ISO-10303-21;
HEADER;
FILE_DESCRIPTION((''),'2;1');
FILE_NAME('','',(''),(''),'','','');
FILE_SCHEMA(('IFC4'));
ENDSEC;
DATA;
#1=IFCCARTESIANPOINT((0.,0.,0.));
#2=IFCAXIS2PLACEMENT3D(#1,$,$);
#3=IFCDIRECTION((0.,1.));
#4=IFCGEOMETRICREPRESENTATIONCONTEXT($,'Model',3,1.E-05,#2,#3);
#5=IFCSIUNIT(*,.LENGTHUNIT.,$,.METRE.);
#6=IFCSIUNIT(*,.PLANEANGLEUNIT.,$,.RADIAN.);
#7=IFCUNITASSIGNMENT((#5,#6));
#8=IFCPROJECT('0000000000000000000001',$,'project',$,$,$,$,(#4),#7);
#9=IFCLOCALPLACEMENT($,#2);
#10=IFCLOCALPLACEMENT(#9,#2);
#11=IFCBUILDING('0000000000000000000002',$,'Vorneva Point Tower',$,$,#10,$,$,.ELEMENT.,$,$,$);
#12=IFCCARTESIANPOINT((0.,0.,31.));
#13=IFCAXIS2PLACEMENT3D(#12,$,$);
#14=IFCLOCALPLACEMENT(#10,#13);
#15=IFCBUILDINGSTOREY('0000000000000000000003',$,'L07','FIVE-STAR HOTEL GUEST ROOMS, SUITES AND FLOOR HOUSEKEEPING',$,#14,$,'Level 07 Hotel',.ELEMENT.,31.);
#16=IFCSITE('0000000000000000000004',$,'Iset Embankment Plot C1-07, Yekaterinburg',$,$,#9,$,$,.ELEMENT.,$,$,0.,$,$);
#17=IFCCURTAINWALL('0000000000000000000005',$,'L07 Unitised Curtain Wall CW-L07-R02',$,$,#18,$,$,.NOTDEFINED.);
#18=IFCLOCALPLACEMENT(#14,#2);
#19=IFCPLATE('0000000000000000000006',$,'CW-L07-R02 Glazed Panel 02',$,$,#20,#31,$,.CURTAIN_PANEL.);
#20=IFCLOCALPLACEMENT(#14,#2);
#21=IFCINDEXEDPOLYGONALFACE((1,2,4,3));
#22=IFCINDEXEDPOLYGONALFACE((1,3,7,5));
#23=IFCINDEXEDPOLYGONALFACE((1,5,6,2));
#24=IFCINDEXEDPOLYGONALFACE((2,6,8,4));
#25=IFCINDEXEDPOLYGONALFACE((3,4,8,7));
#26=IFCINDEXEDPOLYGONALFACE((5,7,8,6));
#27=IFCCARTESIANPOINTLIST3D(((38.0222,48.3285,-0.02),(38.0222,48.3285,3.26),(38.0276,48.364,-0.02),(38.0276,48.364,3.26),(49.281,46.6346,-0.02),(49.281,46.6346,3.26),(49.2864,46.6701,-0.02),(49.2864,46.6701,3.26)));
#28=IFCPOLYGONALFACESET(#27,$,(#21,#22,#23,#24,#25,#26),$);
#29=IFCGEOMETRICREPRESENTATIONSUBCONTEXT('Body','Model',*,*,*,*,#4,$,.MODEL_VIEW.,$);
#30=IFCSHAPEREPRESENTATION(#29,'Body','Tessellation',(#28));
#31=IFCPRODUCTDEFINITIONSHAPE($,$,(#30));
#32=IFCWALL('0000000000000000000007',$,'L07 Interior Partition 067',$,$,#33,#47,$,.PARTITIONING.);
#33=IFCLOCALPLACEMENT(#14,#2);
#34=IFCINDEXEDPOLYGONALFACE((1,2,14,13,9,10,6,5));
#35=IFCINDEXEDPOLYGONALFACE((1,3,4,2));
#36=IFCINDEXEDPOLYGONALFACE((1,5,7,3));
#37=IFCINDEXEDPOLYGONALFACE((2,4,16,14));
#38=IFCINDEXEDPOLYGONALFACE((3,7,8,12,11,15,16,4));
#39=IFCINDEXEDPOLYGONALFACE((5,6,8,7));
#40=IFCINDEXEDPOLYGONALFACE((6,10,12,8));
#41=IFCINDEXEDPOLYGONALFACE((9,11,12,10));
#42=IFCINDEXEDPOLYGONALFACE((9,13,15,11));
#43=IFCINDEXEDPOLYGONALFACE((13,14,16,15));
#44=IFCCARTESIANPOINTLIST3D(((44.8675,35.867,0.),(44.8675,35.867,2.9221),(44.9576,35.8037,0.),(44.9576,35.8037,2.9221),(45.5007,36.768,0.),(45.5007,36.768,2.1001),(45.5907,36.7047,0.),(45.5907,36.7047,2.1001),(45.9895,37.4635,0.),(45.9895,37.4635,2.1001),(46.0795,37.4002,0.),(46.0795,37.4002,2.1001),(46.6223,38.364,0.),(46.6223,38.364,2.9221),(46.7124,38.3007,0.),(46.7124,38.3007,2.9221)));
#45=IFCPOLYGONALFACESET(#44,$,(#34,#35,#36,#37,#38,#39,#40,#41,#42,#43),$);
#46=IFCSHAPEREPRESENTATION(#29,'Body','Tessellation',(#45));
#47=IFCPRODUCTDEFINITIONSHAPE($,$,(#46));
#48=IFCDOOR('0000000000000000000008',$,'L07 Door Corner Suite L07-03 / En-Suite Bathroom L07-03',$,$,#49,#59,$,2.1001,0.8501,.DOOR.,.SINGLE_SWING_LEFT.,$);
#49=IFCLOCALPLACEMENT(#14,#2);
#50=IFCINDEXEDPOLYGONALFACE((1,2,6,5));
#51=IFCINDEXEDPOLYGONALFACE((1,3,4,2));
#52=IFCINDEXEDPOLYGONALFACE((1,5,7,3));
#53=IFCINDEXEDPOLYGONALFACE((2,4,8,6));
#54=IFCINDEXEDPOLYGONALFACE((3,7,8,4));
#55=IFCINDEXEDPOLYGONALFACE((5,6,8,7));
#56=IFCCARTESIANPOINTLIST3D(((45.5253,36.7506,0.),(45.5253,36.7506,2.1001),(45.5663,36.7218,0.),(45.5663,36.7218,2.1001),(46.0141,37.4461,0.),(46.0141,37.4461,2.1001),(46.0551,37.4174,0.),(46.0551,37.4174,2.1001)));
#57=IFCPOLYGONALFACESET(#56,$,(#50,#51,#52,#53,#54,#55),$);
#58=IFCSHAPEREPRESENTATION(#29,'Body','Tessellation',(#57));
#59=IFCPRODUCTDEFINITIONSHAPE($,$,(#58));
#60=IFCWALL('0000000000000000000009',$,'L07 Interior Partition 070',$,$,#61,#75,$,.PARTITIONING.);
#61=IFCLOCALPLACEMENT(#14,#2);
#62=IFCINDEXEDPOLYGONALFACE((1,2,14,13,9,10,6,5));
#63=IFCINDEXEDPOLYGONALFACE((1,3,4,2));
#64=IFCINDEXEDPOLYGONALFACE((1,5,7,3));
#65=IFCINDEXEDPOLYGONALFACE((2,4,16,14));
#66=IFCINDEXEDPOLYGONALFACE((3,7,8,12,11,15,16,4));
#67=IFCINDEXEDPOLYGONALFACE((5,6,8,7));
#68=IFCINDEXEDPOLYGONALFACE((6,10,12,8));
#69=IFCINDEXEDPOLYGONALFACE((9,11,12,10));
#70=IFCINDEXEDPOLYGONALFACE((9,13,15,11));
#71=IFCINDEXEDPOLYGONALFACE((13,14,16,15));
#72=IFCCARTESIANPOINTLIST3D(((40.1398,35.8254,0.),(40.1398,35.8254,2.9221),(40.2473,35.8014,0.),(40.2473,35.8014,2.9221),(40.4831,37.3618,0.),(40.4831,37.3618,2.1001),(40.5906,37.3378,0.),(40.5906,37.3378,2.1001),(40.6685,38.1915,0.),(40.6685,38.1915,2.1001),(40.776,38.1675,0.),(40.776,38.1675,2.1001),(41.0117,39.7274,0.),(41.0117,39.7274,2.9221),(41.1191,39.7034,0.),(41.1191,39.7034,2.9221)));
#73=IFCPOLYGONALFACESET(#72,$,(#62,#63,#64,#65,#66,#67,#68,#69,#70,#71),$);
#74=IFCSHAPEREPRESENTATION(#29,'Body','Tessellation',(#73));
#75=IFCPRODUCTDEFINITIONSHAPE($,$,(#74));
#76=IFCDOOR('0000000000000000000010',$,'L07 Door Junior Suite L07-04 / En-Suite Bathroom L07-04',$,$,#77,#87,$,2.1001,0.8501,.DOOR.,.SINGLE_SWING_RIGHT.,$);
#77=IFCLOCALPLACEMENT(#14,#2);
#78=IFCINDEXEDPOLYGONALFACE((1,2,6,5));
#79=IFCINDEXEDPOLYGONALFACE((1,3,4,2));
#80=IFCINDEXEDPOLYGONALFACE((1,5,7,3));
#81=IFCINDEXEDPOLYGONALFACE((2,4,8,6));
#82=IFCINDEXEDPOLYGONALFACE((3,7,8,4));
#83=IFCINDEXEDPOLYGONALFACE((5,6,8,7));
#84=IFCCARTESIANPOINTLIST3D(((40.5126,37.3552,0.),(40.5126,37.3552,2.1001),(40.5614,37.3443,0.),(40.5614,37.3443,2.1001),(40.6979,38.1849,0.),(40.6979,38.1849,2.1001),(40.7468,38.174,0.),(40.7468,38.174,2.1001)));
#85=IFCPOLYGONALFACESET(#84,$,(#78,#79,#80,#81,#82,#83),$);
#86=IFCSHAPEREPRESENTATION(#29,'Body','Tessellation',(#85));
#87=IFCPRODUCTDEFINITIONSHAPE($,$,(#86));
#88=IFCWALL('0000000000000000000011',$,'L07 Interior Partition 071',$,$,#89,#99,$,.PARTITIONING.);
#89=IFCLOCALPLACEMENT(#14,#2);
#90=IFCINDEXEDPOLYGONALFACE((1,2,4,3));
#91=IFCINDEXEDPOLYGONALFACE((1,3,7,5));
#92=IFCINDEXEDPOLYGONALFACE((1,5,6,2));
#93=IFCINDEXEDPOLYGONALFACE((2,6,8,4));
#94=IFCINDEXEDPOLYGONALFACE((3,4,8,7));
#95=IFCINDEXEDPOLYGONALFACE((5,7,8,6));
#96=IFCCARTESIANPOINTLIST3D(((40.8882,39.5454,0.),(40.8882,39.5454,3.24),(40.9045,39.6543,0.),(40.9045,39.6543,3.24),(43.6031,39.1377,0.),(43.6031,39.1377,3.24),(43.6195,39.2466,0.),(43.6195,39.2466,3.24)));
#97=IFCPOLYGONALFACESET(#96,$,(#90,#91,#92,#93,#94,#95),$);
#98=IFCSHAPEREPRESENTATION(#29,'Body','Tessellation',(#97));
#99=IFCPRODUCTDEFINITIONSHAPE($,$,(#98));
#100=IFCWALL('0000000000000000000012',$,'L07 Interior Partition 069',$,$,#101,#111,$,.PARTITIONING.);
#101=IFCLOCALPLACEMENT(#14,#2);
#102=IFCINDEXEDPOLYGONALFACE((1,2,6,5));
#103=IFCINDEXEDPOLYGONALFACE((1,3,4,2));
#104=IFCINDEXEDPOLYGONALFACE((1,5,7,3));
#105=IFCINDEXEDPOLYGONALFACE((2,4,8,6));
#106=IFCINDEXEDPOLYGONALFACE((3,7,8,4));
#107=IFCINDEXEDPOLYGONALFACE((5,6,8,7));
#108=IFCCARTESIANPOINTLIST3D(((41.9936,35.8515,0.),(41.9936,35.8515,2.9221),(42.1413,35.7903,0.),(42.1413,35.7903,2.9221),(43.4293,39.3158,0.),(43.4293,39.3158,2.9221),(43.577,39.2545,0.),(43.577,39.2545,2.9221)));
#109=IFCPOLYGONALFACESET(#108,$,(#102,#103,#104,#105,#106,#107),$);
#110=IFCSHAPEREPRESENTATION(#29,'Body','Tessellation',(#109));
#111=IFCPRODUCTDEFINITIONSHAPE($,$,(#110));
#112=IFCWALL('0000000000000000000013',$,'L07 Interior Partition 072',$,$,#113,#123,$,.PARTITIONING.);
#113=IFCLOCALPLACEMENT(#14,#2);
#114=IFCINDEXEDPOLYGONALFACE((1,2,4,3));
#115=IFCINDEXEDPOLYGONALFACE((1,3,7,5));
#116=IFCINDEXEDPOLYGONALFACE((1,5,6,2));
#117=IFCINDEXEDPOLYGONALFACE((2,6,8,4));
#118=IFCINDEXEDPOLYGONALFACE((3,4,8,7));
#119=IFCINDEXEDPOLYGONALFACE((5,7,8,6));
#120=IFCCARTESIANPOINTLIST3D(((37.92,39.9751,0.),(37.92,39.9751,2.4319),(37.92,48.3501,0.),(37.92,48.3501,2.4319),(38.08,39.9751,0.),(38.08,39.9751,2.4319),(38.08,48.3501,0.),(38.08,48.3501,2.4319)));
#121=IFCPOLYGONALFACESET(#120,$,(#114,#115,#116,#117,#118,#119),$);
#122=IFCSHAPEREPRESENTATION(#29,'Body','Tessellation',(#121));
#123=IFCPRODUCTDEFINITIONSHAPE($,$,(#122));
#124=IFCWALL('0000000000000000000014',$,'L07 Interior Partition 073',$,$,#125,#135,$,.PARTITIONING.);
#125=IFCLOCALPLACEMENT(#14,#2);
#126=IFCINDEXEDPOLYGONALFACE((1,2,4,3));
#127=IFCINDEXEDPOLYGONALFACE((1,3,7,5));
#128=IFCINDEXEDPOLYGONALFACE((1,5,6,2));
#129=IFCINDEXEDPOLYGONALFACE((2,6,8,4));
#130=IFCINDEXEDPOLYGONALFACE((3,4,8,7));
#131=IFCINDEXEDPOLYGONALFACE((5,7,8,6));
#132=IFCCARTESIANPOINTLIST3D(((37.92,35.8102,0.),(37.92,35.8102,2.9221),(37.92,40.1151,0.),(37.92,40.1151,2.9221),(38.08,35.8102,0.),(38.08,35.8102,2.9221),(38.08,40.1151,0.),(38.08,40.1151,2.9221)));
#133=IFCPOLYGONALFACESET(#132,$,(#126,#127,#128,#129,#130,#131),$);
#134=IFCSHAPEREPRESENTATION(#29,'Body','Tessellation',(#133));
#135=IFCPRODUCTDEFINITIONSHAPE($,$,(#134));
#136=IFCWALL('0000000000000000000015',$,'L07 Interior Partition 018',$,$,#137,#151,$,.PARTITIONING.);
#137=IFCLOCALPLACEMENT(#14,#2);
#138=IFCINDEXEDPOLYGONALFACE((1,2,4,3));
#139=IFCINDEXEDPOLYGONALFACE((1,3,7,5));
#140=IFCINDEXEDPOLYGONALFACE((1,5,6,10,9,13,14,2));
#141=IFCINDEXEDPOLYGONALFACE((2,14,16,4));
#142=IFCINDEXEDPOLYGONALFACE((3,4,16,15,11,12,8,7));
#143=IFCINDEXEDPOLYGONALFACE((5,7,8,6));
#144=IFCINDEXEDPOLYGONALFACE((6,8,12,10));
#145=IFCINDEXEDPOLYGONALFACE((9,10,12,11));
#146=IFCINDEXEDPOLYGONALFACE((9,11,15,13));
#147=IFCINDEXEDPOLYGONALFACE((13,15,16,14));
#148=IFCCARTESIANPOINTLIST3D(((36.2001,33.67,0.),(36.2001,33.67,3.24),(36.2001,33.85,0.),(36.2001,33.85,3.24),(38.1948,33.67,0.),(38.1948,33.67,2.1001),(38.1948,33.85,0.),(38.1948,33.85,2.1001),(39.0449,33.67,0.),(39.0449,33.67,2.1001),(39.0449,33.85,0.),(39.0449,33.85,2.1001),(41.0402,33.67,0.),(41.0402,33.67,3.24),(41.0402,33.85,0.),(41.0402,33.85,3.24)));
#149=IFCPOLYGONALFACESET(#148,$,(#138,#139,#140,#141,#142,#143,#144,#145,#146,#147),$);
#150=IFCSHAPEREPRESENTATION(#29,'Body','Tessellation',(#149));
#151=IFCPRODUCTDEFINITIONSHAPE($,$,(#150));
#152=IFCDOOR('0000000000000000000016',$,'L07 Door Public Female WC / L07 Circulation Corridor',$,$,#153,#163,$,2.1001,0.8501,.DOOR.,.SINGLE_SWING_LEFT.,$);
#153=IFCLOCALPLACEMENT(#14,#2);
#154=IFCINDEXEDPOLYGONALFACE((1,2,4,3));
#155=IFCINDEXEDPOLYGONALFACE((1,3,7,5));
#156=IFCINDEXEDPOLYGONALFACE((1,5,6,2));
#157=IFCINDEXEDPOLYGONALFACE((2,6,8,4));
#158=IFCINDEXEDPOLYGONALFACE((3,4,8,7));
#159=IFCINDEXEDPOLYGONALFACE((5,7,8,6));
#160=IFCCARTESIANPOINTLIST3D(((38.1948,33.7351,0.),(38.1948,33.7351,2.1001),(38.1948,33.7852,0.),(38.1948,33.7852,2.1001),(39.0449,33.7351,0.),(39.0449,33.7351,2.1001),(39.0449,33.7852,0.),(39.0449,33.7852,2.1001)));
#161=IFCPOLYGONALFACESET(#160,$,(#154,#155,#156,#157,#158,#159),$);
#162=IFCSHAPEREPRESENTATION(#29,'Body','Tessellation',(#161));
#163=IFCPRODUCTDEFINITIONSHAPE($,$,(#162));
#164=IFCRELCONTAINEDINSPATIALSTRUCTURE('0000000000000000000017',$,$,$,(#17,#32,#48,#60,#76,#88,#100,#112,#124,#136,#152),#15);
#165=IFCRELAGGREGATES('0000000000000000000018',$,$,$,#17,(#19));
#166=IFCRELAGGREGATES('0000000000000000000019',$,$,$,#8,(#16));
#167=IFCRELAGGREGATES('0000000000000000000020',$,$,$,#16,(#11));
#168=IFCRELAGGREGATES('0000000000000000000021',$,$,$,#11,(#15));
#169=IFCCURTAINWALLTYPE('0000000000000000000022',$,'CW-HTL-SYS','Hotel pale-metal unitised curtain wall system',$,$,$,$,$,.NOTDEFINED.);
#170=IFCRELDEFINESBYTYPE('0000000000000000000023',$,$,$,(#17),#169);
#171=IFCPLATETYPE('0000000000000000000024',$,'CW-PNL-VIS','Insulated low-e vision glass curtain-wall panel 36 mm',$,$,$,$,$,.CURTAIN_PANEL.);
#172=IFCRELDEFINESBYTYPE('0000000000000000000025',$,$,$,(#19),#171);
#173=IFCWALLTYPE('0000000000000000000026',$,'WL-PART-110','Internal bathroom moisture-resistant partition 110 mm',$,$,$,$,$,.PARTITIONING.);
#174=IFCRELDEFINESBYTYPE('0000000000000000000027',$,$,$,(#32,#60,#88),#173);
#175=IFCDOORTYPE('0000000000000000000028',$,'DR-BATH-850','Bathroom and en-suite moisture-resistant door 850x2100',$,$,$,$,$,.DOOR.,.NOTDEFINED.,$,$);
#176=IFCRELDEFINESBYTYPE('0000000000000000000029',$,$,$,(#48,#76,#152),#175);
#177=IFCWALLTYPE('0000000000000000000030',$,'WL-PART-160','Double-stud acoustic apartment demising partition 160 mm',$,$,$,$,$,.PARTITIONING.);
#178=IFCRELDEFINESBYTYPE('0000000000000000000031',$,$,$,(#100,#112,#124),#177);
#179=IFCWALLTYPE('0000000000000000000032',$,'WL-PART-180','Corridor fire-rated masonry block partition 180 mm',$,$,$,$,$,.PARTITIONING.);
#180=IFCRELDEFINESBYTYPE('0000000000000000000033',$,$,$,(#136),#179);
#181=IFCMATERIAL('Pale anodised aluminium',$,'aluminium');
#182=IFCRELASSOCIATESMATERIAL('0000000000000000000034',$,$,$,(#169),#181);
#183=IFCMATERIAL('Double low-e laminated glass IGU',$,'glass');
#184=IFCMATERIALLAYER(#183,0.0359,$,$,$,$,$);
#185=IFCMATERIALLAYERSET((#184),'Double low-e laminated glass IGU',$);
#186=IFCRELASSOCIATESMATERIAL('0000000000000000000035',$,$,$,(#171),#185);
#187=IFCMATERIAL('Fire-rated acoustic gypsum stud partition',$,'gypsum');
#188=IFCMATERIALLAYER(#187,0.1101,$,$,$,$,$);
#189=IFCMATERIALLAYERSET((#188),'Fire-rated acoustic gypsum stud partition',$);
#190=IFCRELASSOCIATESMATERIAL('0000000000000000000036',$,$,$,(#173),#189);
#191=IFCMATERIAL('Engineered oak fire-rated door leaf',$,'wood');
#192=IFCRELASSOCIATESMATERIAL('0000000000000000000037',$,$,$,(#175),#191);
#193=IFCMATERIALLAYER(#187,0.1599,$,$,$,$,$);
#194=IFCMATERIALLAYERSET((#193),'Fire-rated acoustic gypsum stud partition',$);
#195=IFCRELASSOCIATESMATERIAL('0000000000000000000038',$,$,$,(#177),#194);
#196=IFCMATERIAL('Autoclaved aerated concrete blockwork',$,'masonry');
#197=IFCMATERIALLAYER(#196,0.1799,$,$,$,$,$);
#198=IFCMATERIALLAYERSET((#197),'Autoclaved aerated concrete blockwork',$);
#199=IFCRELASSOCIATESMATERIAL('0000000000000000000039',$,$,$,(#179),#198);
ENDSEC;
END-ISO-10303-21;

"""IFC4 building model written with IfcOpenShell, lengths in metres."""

from ifc_helpers import new_model, si_unit, direction, frame, frame_2d, origin, origin_2d, place, context, subcontext, project, spatial, rectangle, extrude, material, layer, layer_set, type_object, element, fill, aggregate, save


model = new_model("IFC4")

# Units and contexts
model_context = context("Model", 3, precision=1e-05, world=origin(), true_north=direction((0.0, 1.0)))
body_context = subcontext(model_context, "Body", "Model", "MODEL_VIEW")
ifc_project = project(units=[si_unit("LENGTHUNIT", "METRE"), si_unit("PLANEANGLEUNIT", "RADIAN")], contexts=[model_context])

# Site, building, storey
site_placement = place(None, origin())
site = spatial("IfcSite", under=ifc_project, at=site_placement, Name="Iset Embankment Plot C1-07, Yekaterinburg", CompositionType="ELEMENT", RefElevation=0.0)
building_placement = place(site_placement, origin())
building = spatial("IfcBuilding", under=site, at=building_placement, Name="Vorneva Point Tower", CompositionType="ELEMENT")
storey_placement = place(building_placement, frame((0.0, 0.0, 31.0)))
storey = spatial("IfcBuildingStorey", under=building, at=storey_placement, Name="L07", Description="FIVE-STAR HOTEL GUEST ROOMS, SUITES AND FLOOR HOUSEKEEPING", LongName="Level 07 Hotel", CompositionType="ELEMENT", Elevation=31.0)

# Curtain wall, plate
ifc_material_1 = material(Name="Pale anodised aluminium", Category="aluminium")
curtain_wall_type = type_object("IfcCurtainWallType", Name="CW-HTL-SYS", Description="Hotel pale-metal unitised curtain wall system", PredefinedType="NOTDEFINED", material=ifc_material_1)
curtain_wall_placement = place(storey_placement, origin())
curtain_wall = element("IfcCurtainWall", 1, at=curtain_wall_placement, inside=storey, type_object=curtain_wall_type, Name="L07 Unitised Curtain Wall CW-L07-R02", PredefinedType="NOTDEFINED")
ifc_material_2 = material(Name="Double low-e laminated glass IGU", Category="glass")
ifc_layer_1 = layer(ifc_material_2, 0.0359)
ifc_layer_set_1 = layer_set([ifc_layer_1], Name="Double low-e laminated glass IGU")
plate_type = type_object("IfcPlateType", Name="CW-PNL-VIS", Description="Insulated low-e vision glass curtain-wall panel 36 mm", PredefinedType="CURTAIN_PANEL", material=ifc_layer_set_1)
plate_placement = place(storey_placement, frame((43.6543, 47.4993, -0.02), z_axis=(0.0, 0.0, 1.0), x_axis=(-0.988871, 0.148776, 0.0)))
plate = element("IfcPlate", 2, at=plate_placement, type_object=plate_type, Name="CW-L07-R02 Glazed Panel 02", PredefinedType="CURTAIN_PANEL", context=body_context, shape_type="SweptSolid", body=[
    extrude(rectangle(XDim=11.3855, YDim=0.0359, at=origin_2d()), origin(), (0.0, 0.0, 1.0), 3.28),
])
aggregate(curtain_wall, [plate])

# Walls, openings, doors
ifc_material_3 = material(Name="Fire-rated acoustic gypsum stud partition", Category="gypsum")
ifc_layer_2 = layer(ifc_material_3, 0.1101)
ifc_layer_set_2 = layer_set([ifc_layer_2], Name="Fire-rated acoustic gypsum stud partition")
wall_type_1 = type_object("IfcWallType", Name="WL-PART-110", Description="Internal bathroom moisture-resistant partition 110 mm", PredefinedType="PARTITIONING", material=ifc_layer_set_2)
wall_1_placement = place(storey_placement, frame((44.9126, 35.8354, 0.0), z_axis=(0.0, 0.0, 1.0), x_axis=(0.574986, 0.818163, 0.0)))
wall_1 = element("IfcWall", 3, at=wall_1_placement, inside=storey, type_object=wall_type_1, Name="L07 Interior Partition 067", PredefinedType="PARTITIONING", context=body_context, shape_type="SweptSolid", body=[
    extrude(rectangle(XDim=3.052, YDim=0.1101, at=frame_2d((1.5259, 0.0))), origin(), (0.0, 0.0, 1.0), 2.9221),
])
opening_1_placement = place(wall_1_placement, frame((1.1011, 0.0, 0.0)))
opening_1 = element("IfcOpeningElement", 4, at=opening_1_placement, cuts=wall_1, PredefinedType="OPENING", context=body_context, shape_type="SweptSolid", body=[
    extrude(rectangle(XDim=0.8501, YDim=2.1001, at=frame_2d((0.425, 1.05))), frame((0.0, 0.0698, 0.0), z_axis=(0.0, -1.0, 0.0), x_axis=(1.0, 0.0, 0.0)), (0.0, 0.0, 1.0), 0.1399),
])
ifc_material_4 = material(Name="Engineered oak fire-rated door leaf", Category="wood")
door_type_1 = type_object("IfcDoorType", Name="DR-BATH-850", Description="Bathroom and en-suite moisture-resistant door 850x2100", OperationType="NOTDEFINED", PredefinedType="DOOR", material=ifc_material_4)
door_1_placement = place(opening_1_placement, origin())
door_1 = element("IfcDoor", 5, at=door_1_placement, inside=storey, type_object=door_type_1, Name="L07 Door Corner Suite L07-03 / En-Suite Bathroom L07-03", OperationType="SINGLE_SWING_LEFT", OverallHeight=2.1001, OverallWidth=0.8501, PredefinedType="DOOR", context=body_context, shape_type="SweptSolid", body=[
    extrude(rectangle(XDim=0.8501, YDim=2.1001, at=frame_2d((0.425, 1.05))), frame((0.0, 0.0249, 0.0), z_axis=(0.0, -1.0, 0.0), x_axis=(1.0, 0.0, 0.0)), (0.0, 0.0, 1.0), 0.05),
])
fill(opening_1, door_1)
wall_2_placement = place(storey_placement, frame((40.1936, 35.8135, 0.0), z_axis=(0.0, 0.0, 1.0), x_axis=(0.218049, 0.975938, 0.0)))
wall_2 = element("IfcWall", 6, at=wall_2_placement, inside=storey, type_object=wall_type_1, Name="L07 Interior Partition 070", PredefinedType="PARTITIONING", context=body_context, shape_type="SweptSolid", body=[
    extrude(rectangle(XDim=3.9983, YDim=0.1101, at=frame_2d((1.999, 0.0))), origin(), (0.0, 0.0, 1.0), 2.9221),
])
opening_2_placement = place(wall_2_placement, frame((1.5742, 0.0, 0.0)))
opening_2 = element("IfcOpeningElement", 7, at=opening_2_placement, cuts=wall_2, PredefinedType="OPENING", context=body_context, shape_type="SweptSolid", body=[
    extrude(rectangle(XDim=0.8501, YDim=2.1001, at=frame_2d((0.425, 1.05))), frame((0.0, 0.0698, 0.0), z_axis=(0.0, -1.0, 0.0), x_axis=(1.0, 0.0, 0.0)), (0.0, 0.0, 1.0), 0.1399),
])
door_2_placement = place(opening_2_placement, origin())
door_2 = element("IfcDoor", 8, at=door_2_placement, inside=storey, type_object=door_type_1, Name="L07 Door Junior Suite L07-04 / En-Suite Bathroom L07-04", OperationType="SINGLE_SWING_RIGHT", OverallHeight=2.1001, OverallWidth=0.8501, PredefinedType="DOOR", context=body_context, shape_type="SweptSolid", body=[
    extrude(rectangle(XDim=0.8501, YDim=2.1001, at=frame_2d((0.425, 1.05))), frame((0.0, 0.0249, 0.0), z_axis=(0.0, -1.0, 0.0), x_axis=(1.0, 0.0, 0.0)), (0.0, 0.0, 1.0), 0.05),
])
fill(opening_2, door_2)

# Walls
wall_3_placement = place(storey_placement, frame((40.8965, 39.5999, 0.0), z_axis=(0.0, 0.0, 1.0), x_axis=(0.98891, -0.148514, 0.0)))
element("IfcWall", 9, at=wall_3_placement, inside=storey, type_object=wall_type_1, Name="L07 Interior Partition 071", PredefinedType="PARTITIONING", context=body_context, shape_type="SweptSolid", body=[
    extrude(rectangle(XDim=2.7454, YDim=0.1101, at=frame_2d((1.3726, 0.0))), origin(), (0.0, 0.0, 1.0), 3.24),
])
ifc_layer_3 = layer(ifc_material_3, 0.1599)
ifc_layer_set_3 = layer_set([ifc_layer_3], Name="Fire-rated acoustic gypsum stud partition")
wall_type_2 = type_object("IfcWallType", Name="WL-PART-160", Description="Double-stud acoustic apartment demising partition 160 mm", PredefinedType="PARTITIONING", material=ifc_layer_set_3)
wall_4_placement = place(storey_placement, frame((43.5032, 39.2852, 0.0), z_axis=(0.0, 0.0, 1.0), x_axis=(-0.382867, -0.923803, 0.0)))
element("IfcWall", 10, at=wall_4_placement, inside=storey, type_object=wall_type_2, Name="L07 Interior Partition 069", PredefinedType="PARTITIONING", context=body_context, shape_type="SweptSolid", body=[
    extrude(rectangle(XDim=3.75, YDim=0.1599, at=frame_2d((1.875, 0.0))), origin(), (0.0, 0.0, 1.0), 2.9221),
])
wall_5_placement = place(storey_placement, frame((38.0, 48.3501, 0.0), z_axis=(0.0, 0.0, 1.0), x_axis=(0.0, -1.0, 0.0)))
element("IfcWall", 11, at=wall_5_placement, inside=storey, type_object=wall_type_2, Name="L07 Interior Partition 072", PredefinedType="PARTITIONING", context=body_context, shape_type="SweptSolid", body=[
    extrude(rectangle(XDim=8.375, YDim=0.1599, at=frame_2d((4.1875, 0.0))), origin(), (0.0, 0.0, 1.0), 2.4319),
])
wall_6_placement = place(storey_placement, frame((38.0, 40.115, 0.0), z_axis=(0.0, 0.0, 1.0), x_axis=(0.0, -1.0, 0.0)))
element("IfcWall", 12, at=wall_6_placement, inside=storey, type_object=wall_type_2, Name="L07 Interior Partition 073", PredefinedType="PARTITIONING", context=body_context, shape_type="SweptSolid", body=[
    extrude(rectangle(XDim=4.3049, YDim=0.1599, at=frame_2d((2.1523, 0.0))), origin(), (0.0, 0.0, 1.0), 2.9221),
])

# Wall, opening, door
ifc_material_5 = material(Name="Autoclaved aerated concrete blockwork", Category="masonry")
ifc_layer_4 = layer(ifc_material_5, 0.1799)
ifc_layer_set_4 = layer_set([ifc_layer_4], Name="Autoclaved aerated concrete blockwork")
wall_type_3 = type_object("IfcWallType", Name="WL-PART-180", Description="Corridor fire-rated masonry block partition 180 mm", PredefinedType="PARTITIONING", material=ifc_layer_set_4)
wall_7_placement = place(storey_placement, frame((41.04, 33.76, 0.0), z_axis=(0.0, 0.0, 1.0), x_axis=(-1.0, 0.0, 0.0)))
wall_7 = element("IfcWall", 13, at=wall_7_placement, inside=storey, type_object=wall_type_3, Name="L07 Interior Partition 018", PredefinedType="PARTITIONING", context=body_context, shape_type="SweptSolid", body=[
    extrude(rectangle(XDim=4.8401, YDim=0.1799, at=frame_2d((2.4199, 0.0))), origin(), (0.0, 0.0, 1.0), 3.24),
])
opening_3_placement = place(wall_7_placement, frame((1.9951, 0.0, 0.0)))
opening_3 = element("IfcOpeningElement", 14, at=opening_3_placement, cuts=wall_7, PredefinedType="OPENING", context=body_context, shape_type="SweptSolid", body=[
    extrude(rectangle(XDim=0.8501, YDim=2.1001, at=frame_2d((0.425, 1.05))), frame((0.0, 0.105, 0.0), z_axis=(0.0, -1.0, 0.0), x_axis=(1.0, 0.0, 0.0)), (0.0, 0.0, 1.0), 0.2097),
])
door_3_placement = place(opening_3_placement, origin())
door_3 = element("IfcDoor", 15, at=door_3_placement, inside=storey, type_object=door_type_1, Name="L07 Door Public Female WC / L07 Circulation Corridor", OperationType="SINGLE_SWING_LEFT", OverallHeight=2.1001, OverallWidth=0.8501, PredefinedType="DOOR", context=body_context, shape_type="SweptSolid", body=[
    extrude(rectangle(XDim=0.8501, YDim=2.1001, at=frame_2d((0.425, 1.05))), frame((0.0, 0.0249, 0.0), z_axis=(0.0, -1.0, 0.0), x_axis=(1.0, 0.0, 0.0)), (0.0, 0.0, 1.0), 0.05),
])
fill(opening_3, door_3)

save(model, "model.ifc")
